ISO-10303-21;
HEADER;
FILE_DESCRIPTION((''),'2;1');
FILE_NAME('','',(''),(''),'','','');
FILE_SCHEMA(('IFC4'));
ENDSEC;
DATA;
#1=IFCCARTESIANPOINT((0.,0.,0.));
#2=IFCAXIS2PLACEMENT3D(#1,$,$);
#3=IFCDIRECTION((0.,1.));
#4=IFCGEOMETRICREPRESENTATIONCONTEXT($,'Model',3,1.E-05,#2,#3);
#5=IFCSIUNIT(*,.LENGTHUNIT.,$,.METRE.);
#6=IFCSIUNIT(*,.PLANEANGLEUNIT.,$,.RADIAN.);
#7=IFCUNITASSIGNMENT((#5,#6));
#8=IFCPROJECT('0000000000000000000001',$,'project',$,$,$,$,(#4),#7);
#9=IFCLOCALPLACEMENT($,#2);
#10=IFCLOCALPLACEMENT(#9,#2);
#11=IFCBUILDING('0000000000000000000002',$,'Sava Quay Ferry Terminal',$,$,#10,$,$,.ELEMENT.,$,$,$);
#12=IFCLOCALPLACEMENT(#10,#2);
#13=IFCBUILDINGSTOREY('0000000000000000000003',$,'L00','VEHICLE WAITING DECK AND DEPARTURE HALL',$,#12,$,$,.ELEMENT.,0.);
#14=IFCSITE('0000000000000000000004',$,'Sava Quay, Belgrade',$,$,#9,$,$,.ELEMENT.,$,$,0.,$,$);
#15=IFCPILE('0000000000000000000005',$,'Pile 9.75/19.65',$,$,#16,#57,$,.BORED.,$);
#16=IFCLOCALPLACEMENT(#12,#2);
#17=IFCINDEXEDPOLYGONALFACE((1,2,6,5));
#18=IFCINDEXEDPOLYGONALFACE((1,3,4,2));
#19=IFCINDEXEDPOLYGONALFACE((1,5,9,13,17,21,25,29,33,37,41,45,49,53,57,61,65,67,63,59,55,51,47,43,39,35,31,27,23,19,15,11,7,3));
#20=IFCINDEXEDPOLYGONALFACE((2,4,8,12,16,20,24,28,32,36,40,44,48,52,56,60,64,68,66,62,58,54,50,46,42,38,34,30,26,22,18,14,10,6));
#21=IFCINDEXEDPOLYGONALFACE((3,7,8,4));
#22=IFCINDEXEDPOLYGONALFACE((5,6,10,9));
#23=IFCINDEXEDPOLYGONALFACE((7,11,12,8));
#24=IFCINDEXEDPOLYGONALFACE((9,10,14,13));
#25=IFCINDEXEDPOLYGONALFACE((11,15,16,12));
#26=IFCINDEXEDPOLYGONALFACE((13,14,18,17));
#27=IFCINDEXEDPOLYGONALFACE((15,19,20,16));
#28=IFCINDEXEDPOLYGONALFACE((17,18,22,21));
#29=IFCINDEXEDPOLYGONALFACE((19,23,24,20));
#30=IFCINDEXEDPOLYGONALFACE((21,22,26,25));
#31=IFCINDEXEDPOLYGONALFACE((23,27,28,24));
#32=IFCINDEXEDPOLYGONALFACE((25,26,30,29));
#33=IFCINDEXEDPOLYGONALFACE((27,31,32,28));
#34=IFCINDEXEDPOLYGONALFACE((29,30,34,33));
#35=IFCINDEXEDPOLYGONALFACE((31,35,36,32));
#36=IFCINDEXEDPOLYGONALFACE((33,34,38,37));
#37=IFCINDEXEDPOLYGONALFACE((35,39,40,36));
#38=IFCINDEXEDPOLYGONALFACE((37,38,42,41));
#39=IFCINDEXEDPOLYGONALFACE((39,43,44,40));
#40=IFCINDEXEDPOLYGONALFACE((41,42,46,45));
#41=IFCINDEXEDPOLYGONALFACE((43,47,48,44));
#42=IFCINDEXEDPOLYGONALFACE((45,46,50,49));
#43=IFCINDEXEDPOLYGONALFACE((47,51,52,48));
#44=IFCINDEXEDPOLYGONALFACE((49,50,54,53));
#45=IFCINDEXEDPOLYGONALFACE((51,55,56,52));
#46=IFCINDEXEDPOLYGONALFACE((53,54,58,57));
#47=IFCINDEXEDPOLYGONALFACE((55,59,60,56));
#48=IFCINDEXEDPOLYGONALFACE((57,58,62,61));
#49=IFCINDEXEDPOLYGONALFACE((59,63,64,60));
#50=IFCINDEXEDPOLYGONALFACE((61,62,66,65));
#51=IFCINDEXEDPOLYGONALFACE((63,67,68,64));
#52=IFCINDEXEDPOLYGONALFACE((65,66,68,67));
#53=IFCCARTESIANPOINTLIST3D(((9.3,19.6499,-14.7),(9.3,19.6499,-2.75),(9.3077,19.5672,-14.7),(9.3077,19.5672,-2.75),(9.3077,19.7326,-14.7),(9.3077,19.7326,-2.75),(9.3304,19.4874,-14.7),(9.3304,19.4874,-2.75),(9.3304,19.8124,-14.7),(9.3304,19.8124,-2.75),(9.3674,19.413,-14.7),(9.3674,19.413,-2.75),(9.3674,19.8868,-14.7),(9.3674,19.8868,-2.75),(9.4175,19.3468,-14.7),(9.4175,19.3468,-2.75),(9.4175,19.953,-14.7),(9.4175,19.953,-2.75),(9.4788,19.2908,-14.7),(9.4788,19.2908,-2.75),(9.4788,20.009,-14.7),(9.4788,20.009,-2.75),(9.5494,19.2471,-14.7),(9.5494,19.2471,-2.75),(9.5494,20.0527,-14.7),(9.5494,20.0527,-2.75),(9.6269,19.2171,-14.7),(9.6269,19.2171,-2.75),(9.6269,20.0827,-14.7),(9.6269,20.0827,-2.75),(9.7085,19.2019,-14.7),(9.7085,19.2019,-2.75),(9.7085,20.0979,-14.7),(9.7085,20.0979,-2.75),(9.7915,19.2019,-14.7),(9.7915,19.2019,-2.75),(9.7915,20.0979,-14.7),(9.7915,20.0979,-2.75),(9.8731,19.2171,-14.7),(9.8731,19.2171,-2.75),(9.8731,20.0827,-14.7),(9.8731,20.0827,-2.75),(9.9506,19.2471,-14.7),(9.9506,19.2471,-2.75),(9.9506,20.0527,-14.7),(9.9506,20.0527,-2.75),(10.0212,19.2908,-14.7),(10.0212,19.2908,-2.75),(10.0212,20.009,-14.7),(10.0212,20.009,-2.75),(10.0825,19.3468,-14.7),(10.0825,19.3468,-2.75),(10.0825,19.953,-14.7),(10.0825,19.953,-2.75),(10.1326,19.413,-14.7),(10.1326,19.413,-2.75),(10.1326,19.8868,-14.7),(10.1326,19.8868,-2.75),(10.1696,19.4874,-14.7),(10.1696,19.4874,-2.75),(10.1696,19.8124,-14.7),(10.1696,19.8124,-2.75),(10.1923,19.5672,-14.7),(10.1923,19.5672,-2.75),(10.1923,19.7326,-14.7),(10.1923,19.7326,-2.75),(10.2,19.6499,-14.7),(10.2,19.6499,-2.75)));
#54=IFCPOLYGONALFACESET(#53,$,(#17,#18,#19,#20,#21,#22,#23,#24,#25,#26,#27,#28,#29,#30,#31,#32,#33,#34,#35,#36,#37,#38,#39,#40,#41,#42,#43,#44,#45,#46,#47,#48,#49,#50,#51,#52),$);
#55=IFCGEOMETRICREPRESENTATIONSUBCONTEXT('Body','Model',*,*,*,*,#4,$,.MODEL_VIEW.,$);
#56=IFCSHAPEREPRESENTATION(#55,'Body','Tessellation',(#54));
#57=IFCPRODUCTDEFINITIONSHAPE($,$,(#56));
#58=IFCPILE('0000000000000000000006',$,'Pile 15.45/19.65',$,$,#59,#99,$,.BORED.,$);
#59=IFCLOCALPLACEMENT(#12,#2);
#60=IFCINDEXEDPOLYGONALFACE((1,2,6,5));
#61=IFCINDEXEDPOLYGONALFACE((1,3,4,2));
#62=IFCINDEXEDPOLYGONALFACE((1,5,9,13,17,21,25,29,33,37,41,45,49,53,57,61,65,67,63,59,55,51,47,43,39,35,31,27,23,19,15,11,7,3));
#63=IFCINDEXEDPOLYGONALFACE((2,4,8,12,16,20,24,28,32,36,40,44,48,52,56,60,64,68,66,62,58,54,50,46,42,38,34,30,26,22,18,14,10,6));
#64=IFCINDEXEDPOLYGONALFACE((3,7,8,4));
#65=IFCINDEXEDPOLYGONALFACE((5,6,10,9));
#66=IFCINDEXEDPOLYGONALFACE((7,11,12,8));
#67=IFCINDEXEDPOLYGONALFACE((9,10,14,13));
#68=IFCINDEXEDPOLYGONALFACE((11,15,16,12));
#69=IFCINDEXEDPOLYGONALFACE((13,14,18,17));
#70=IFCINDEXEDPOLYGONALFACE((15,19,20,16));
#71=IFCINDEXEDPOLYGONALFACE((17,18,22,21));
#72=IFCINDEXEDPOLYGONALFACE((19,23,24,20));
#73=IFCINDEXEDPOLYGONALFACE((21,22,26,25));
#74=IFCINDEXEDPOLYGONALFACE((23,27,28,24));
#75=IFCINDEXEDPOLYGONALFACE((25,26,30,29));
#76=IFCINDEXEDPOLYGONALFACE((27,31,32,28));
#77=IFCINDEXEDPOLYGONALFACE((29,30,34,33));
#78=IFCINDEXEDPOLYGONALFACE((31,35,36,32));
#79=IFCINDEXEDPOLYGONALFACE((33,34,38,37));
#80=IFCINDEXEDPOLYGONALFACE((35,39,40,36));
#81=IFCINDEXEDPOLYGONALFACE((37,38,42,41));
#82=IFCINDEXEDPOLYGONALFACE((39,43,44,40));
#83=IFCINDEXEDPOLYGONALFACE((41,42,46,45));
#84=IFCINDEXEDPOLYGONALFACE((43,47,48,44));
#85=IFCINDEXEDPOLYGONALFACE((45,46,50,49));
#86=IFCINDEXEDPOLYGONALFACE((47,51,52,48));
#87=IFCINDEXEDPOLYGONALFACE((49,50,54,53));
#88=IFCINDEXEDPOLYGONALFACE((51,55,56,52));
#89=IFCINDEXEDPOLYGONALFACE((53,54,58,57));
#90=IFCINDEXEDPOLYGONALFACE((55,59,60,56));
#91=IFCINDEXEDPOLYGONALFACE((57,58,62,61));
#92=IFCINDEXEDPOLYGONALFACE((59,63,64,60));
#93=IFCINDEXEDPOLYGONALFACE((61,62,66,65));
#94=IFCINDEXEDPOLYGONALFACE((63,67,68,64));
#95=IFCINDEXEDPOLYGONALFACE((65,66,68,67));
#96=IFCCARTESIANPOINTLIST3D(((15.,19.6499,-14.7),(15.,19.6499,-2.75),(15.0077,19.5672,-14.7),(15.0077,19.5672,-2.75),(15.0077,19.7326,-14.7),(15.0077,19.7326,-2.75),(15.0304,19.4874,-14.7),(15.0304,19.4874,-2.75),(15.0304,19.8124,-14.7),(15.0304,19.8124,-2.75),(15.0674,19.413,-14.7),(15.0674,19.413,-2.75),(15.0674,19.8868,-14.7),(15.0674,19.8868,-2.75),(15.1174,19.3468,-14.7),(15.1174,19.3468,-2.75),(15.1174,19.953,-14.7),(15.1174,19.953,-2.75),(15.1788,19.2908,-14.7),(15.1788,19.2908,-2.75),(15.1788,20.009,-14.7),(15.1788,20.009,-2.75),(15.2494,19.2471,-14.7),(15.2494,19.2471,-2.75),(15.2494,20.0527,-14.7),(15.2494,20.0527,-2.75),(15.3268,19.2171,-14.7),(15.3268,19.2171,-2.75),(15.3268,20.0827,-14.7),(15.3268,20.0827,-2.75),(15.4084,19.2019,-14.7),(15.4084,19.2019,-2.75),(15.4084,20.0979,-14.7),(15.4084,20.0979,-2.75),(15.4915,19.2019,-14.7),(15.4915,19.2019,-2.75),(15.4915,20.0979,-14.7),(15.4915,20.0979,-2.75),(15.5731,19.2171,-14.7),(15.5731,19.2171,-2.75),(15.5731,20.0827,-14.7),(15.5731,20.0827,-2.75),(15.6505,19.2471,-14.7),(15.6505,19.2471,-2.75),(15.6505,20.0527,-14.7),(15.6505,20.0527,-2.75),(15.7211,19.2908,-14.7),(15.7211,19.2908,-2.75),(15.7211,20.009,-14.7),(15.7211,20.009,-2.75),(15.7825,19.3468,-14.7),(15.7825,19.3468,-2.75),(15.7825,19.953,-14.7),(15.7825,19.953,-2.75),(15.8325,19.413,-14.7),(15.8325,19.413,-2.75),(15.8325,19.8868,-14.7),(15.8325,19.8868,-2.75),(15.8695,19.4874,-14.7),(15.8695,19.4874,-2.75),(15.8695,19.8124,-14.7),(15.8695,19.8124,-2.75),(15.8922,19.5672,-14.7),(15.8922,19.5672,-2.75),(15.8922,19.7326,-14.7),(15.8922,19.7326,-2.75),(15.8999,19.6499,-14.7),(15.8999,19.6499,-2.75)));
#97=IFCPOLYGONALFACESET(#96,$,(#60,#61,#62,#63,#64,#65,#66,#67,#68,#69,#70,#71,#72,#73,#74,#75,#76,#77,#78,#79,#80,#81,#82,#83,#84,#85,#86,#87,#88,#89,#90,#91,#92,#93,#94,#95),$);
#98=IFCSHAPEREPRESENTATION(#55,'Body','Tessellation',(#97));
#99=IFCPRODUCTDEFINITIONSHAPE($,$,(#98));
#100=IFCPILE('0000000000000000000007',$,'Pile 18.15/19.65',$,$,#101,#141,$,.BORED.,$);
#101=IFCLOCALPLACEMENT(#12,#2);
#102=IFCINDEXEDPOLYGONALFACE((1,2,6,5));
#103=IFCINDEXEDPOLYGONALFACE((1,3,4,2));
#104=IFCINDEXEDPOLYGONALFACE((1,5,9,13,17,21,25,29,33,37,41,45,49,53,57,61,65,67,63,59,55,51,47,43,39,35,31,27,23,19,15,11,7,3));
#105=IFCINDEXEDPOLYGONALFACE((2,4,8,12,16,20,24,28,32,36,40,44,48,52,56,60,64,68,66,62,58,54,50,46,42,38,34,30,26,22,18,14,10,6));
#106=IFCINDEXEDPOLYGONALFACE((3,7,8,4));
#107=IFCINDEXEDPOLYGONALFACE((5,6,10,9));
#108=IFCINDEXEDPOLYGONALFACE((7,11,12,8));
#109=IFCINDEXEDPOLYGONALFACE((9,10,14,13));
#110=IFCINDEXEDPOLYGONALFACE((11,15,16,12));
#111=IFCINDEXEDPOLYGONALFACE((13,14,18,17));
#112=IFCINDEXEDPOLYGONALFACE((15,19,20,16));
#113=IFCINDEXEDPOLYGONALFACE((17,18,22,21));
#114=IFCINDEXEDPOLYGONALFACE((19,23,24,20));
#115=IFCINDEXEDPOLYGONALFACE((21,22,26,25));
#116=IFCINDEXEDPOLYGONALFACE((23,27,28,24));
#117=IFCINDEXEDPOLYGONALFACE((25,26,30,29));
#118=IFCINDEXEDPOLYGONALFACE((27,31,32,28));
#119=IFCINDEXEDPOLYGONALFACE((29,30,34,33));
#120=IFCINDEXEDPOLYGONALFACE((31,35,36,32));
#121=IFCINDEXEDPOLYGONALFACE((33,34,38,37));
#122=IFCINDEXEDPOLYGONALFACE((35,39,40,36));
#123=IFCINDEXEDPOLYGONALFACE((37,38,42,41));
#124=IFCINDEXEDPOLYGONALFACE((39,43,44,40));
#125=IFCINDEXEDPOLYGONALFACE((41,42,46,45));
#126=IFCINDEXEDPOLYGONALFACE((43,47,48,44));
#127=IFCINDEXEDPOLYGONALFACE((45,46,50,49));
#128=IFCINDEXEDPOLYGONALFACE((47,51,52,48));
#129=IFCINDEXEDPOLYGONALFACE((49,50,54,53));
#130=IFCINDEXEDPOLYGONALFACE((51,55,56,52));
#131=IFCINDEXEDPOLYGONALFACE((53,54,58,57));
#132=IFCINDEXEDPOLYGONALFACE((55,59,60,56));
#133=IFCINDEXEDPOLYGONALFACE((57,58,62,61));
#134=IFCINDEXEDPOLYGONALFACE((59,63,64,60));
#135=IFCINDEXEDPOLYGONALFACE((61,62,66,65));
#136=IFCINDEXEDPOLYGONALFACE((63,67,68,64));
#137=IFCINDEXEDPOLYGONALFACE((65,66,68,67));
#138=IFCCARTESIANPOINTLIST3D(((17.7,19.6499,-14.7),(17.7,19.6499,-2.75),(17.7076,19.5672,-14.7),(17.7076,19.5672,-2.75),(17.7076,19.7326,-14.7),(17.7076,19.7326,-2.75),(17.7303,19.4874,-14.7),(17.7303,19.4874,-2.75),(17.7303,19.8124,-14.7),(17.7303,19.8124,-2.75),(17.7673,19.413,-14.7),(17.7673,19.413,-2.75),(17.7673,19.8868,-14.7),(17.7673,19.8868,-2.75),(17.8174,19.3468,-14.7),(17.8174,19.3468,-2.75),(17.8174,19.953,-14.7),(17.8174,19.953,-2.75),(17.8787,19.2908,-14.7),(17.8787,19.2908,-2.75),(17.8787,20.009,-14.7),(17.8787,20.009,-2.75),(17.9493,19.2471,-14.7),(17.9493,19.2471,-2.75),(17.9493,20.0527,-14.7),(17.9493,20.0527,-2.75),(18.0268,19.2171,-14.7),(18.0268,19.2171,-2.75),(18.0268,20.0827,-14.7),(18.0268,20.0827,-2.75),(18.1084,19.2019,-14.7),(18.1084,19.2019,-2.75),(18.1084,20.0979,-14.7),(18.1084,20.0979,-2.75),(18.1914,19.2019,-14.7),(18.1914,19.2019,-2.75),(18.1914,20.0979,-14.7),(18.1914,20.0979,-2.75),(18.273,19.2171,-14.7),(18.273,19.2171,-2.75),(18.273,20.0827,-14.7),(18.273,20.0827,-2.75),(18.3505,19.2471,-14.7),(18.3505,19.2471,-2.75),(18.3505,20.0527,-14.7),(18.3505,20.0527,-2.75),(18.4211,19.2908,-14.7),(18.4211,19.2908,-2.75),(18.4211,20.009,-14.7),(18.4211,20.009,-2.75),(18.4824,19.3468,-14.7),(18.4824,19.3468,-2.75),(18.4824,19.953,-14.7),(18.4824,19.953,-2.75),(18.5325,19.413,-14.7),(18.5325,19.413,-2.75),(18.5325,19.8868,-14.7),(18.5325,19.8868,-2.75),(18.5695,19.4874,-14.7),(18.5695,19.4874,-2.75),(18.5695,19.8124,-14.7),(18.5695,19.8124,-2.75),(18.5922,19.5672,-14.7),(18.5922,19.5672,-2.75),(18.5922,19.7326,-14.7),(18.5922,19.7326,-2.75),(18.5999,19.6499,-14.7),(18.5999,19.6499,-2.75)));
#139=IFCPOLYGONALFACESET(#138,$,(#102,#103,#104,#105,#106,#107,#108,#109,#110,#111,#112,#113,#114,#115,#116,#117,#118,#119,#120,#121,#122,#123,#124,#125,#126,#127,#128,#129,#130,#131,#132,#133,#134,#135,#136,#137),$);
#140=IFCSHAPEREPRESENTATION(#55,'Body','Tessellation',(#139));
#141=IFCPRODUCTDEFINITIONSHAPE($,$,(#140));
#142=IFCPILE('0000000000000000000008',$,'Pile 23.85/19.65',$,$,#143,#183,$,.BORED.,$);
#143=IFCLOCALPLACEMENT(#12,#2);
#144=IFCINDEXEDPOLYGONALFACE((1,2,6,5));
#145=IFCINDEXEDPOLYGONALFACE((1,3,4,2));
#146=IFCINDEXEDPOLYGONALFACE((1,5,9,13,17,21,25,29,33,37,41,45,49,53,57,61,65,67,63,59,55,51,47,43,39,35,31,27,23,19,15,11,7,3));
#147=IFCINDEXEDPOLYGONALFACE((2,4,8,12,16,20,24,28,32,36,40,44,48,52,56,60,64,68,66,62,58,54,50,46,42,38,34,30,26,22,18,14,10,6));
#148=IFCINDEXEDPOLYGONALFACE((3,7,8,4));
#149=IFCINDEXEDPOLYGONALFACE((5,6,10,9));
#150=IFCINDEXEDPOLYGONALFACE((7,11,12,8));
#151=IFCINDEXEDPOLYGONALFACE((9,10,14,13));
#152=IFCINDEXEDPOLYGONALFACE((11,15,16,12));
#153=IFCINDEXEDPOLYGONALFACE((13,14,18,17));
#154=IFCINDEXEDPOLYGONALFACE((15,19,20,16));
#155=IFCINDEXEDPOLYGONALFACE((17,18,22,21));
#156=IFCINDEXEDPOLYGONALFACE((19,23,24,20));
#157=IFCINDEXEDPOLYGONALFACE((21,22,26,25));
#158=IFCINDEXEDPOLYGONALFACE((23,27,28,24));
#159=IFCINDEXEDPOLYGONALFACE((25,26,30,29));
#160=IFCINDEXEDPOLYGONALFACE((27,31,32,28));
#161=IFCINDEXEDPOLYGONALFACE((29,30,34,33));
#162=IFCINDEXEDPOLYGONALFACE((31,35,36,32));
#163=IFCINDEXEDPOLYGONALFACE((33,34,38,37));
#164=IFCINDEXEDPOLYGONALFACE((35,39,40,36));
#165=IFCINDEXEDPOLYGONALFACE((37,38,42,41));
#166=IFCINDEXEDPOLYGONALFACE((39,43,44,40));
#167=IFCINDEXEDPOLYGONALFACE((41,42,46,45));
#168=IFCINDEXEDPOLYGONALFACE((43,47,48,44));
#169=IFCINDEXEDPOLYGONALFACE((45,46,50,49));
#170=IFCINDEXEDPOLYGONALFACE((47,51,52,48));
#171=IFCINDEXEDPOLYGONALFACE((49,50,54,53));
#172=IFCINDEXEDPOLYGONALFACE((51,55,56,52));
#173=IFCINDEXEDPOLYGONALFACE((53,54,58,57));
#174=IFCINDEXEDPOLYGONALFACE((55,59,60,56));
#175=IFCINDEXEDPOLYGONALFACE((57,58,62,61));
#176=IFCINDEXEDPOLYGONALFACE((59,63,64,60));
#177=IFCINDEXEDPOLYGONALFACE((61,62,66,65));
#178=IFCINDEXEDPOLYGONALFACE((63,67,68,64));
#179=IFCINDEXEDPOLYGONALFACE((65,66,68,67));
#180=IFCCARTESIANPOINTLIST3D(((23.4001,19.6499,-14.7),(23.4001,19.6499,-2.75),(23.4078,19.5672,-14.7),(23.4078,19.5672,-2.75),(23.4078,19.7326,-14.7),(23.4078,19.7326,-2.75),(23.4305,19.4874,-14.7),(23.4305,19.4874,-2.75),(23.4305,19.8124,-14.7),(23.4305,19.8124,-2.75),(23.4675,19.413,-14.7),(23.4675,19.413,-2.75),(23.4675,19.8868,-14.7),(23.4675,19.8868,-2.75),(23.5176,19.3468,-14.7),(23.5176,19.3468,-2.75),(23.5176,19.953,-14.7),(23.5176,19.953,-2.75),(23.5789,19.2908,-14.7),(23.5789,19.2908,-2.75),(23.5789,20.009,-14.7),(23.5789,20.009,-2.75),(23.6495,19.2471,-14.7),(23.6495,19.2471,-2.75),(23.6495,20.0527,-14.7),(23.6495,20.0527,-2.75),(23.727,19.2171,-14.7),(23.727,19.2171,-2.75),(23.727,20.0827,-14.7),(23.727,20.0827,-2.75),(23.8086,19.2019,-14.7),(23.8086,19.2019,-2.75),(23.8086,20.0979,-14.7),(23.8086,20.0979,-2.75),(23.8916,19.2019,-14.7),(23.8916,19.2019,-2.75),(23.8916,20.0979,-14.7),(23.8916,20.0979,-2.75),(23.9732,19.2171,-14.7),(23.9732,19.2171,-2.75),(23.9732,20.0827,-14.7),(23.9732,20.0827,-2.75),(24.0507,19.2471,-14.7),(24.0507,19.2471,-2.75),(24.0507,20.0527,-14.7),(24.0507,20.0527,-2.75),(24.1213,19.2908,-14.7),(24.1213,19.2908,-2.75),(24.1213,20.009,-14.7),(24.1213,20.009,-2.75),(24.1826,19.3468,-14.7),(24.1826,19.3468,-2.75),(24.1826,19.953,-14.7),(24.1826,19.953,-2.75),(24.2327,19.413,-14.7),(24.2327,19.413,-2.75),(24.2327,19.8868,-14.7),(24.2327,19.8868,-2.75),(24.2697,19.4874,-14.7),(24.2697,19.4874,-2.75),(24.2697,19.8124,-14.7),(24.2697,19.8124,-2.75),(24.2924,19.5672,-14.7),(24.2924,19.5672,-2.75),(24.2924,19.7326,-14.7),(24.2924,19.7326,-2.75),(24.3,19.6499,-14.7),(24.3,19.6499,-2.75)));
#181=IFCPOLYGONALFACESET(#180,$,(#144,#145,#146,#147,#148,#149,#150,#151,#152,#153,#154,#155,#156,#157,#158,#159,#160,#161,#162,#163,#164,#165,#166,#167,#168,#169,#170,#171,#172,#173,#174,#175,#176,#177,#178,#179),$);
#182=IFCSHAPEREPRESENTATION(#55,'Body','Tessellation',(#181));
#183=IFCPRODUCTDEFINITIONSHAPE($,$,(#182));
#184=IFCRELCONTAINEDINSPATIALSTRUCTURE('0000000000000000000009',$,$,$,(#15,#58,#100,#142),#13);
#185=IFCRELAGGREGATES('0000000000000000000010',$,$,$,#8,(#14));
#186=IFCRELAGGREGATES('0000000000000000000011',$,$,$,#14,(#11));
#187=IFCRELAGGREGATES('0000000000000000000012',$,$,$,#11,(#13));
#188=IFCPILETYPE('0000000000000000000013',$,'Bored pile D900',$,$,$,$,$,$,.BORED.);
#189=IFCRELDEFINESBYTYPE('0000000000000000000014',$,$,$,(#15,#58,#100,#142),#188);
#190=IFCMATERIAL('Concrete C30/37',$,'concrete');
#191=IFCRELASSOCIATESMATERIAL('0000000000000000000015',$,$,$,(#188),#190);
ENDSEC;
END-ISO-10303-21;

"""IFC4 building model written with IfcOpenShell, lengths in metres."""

from ifc_helpers import new_model, si_unit, direction, frame, origin, origin_2d, place, context, subcontext, project, spatial, circle, extrude, material, material_profile, profile_set, type_object, element, save


model = new_model("IFC4")

# Units and contexts
model_context = context("Model", 3, precision=1e-05, world=origin(), true_north=direction((0.0, 1.0)))
body_context = subcontext(model_context, "Body", "Model", "MODEL_VIEW")
ifc_project = project(units=[si_unit("LENGTHUNIT", "METRE"), si_unit("PLANEANGLEUNIT", "RADIAN")], contexts=[model_context])

# Site, building, storey
site_placement = place(None, origin())
site = spatial("IfcSite", under=ifc_project, at=site_placement, Name="Sava Quay, Belgrade", CompositionType="ELEMENT", RefElevation=0.0)
building_placement = place(site_placement, origin())
building = spatial("IfcBuilding", under=site, at=building_placement, Name="Sava Quay Ferry Terminal", CompositionType="ELEMENT")
storey_placement = place(building_placement, origin())
storey = spatial("IfcBuildingStorey", under=building, at=storey_placement, Name="L00", Description="VEHICLE WAITING DECK AND DEPARTURE HALL", CompositionType="ELEMENT", Elevation=0.0)

# Piles
ifc_material_1 = material(Name="Concrete C30/37", Category="concrete")
ifc_material_profile_1 = material_profile(ifc_material_1, circle(Radius=0.45, at=origin_2d()), Name="Bored pile D900")
ifc_profile_set_1 = profile_set([ifc_material_profile_1], Name="Concrete C30/37")
pile_type = type_object("IfcPileType", Name="Bored pile D900", PredefinedType="BORED", material=ifc_profile_set_1)
for number, where, z_axis, x_axis, name in (
    (1, (9.75, 19.6499, -2.75), (0.0, 0.0, -1.0), (1.0, 0.0, 0.0), "Pile 9.75/19.65"),
    (2, (15.45, 19.6499, -2.75), (0.0, 0.0, -1.0), (1.0, 0.0, 0.0), "Pile 15.45/19.65"),
    (3, (18.1499, 19.6499, -2.75), (0.0, 0.0, -1.0), (1.0, 0.0, 0.0), "Pile 18.15/19.65"),
    (4, (23.8501, 19.6499, -2.75), (0.0, 0.0, -1.0), (1.0, 0.0, 0.0), "Pile 23.85/19.65"),
):
    element("IfcPile", number, at=place(storey_placement, frame(where, z_axis=z_axis, x_axis=x_axis)), inside=storey, type_object=pile_type, Name=name, PredefinedType="BORED", context=body_context, shape_type="SweptSolid", body=[
        extrude(circle(Radius=0.45, at=origin_2d()), origin(), (0.0, 0.0, 1.0), 11.95),
    ])

save(model, "model.ifc")
